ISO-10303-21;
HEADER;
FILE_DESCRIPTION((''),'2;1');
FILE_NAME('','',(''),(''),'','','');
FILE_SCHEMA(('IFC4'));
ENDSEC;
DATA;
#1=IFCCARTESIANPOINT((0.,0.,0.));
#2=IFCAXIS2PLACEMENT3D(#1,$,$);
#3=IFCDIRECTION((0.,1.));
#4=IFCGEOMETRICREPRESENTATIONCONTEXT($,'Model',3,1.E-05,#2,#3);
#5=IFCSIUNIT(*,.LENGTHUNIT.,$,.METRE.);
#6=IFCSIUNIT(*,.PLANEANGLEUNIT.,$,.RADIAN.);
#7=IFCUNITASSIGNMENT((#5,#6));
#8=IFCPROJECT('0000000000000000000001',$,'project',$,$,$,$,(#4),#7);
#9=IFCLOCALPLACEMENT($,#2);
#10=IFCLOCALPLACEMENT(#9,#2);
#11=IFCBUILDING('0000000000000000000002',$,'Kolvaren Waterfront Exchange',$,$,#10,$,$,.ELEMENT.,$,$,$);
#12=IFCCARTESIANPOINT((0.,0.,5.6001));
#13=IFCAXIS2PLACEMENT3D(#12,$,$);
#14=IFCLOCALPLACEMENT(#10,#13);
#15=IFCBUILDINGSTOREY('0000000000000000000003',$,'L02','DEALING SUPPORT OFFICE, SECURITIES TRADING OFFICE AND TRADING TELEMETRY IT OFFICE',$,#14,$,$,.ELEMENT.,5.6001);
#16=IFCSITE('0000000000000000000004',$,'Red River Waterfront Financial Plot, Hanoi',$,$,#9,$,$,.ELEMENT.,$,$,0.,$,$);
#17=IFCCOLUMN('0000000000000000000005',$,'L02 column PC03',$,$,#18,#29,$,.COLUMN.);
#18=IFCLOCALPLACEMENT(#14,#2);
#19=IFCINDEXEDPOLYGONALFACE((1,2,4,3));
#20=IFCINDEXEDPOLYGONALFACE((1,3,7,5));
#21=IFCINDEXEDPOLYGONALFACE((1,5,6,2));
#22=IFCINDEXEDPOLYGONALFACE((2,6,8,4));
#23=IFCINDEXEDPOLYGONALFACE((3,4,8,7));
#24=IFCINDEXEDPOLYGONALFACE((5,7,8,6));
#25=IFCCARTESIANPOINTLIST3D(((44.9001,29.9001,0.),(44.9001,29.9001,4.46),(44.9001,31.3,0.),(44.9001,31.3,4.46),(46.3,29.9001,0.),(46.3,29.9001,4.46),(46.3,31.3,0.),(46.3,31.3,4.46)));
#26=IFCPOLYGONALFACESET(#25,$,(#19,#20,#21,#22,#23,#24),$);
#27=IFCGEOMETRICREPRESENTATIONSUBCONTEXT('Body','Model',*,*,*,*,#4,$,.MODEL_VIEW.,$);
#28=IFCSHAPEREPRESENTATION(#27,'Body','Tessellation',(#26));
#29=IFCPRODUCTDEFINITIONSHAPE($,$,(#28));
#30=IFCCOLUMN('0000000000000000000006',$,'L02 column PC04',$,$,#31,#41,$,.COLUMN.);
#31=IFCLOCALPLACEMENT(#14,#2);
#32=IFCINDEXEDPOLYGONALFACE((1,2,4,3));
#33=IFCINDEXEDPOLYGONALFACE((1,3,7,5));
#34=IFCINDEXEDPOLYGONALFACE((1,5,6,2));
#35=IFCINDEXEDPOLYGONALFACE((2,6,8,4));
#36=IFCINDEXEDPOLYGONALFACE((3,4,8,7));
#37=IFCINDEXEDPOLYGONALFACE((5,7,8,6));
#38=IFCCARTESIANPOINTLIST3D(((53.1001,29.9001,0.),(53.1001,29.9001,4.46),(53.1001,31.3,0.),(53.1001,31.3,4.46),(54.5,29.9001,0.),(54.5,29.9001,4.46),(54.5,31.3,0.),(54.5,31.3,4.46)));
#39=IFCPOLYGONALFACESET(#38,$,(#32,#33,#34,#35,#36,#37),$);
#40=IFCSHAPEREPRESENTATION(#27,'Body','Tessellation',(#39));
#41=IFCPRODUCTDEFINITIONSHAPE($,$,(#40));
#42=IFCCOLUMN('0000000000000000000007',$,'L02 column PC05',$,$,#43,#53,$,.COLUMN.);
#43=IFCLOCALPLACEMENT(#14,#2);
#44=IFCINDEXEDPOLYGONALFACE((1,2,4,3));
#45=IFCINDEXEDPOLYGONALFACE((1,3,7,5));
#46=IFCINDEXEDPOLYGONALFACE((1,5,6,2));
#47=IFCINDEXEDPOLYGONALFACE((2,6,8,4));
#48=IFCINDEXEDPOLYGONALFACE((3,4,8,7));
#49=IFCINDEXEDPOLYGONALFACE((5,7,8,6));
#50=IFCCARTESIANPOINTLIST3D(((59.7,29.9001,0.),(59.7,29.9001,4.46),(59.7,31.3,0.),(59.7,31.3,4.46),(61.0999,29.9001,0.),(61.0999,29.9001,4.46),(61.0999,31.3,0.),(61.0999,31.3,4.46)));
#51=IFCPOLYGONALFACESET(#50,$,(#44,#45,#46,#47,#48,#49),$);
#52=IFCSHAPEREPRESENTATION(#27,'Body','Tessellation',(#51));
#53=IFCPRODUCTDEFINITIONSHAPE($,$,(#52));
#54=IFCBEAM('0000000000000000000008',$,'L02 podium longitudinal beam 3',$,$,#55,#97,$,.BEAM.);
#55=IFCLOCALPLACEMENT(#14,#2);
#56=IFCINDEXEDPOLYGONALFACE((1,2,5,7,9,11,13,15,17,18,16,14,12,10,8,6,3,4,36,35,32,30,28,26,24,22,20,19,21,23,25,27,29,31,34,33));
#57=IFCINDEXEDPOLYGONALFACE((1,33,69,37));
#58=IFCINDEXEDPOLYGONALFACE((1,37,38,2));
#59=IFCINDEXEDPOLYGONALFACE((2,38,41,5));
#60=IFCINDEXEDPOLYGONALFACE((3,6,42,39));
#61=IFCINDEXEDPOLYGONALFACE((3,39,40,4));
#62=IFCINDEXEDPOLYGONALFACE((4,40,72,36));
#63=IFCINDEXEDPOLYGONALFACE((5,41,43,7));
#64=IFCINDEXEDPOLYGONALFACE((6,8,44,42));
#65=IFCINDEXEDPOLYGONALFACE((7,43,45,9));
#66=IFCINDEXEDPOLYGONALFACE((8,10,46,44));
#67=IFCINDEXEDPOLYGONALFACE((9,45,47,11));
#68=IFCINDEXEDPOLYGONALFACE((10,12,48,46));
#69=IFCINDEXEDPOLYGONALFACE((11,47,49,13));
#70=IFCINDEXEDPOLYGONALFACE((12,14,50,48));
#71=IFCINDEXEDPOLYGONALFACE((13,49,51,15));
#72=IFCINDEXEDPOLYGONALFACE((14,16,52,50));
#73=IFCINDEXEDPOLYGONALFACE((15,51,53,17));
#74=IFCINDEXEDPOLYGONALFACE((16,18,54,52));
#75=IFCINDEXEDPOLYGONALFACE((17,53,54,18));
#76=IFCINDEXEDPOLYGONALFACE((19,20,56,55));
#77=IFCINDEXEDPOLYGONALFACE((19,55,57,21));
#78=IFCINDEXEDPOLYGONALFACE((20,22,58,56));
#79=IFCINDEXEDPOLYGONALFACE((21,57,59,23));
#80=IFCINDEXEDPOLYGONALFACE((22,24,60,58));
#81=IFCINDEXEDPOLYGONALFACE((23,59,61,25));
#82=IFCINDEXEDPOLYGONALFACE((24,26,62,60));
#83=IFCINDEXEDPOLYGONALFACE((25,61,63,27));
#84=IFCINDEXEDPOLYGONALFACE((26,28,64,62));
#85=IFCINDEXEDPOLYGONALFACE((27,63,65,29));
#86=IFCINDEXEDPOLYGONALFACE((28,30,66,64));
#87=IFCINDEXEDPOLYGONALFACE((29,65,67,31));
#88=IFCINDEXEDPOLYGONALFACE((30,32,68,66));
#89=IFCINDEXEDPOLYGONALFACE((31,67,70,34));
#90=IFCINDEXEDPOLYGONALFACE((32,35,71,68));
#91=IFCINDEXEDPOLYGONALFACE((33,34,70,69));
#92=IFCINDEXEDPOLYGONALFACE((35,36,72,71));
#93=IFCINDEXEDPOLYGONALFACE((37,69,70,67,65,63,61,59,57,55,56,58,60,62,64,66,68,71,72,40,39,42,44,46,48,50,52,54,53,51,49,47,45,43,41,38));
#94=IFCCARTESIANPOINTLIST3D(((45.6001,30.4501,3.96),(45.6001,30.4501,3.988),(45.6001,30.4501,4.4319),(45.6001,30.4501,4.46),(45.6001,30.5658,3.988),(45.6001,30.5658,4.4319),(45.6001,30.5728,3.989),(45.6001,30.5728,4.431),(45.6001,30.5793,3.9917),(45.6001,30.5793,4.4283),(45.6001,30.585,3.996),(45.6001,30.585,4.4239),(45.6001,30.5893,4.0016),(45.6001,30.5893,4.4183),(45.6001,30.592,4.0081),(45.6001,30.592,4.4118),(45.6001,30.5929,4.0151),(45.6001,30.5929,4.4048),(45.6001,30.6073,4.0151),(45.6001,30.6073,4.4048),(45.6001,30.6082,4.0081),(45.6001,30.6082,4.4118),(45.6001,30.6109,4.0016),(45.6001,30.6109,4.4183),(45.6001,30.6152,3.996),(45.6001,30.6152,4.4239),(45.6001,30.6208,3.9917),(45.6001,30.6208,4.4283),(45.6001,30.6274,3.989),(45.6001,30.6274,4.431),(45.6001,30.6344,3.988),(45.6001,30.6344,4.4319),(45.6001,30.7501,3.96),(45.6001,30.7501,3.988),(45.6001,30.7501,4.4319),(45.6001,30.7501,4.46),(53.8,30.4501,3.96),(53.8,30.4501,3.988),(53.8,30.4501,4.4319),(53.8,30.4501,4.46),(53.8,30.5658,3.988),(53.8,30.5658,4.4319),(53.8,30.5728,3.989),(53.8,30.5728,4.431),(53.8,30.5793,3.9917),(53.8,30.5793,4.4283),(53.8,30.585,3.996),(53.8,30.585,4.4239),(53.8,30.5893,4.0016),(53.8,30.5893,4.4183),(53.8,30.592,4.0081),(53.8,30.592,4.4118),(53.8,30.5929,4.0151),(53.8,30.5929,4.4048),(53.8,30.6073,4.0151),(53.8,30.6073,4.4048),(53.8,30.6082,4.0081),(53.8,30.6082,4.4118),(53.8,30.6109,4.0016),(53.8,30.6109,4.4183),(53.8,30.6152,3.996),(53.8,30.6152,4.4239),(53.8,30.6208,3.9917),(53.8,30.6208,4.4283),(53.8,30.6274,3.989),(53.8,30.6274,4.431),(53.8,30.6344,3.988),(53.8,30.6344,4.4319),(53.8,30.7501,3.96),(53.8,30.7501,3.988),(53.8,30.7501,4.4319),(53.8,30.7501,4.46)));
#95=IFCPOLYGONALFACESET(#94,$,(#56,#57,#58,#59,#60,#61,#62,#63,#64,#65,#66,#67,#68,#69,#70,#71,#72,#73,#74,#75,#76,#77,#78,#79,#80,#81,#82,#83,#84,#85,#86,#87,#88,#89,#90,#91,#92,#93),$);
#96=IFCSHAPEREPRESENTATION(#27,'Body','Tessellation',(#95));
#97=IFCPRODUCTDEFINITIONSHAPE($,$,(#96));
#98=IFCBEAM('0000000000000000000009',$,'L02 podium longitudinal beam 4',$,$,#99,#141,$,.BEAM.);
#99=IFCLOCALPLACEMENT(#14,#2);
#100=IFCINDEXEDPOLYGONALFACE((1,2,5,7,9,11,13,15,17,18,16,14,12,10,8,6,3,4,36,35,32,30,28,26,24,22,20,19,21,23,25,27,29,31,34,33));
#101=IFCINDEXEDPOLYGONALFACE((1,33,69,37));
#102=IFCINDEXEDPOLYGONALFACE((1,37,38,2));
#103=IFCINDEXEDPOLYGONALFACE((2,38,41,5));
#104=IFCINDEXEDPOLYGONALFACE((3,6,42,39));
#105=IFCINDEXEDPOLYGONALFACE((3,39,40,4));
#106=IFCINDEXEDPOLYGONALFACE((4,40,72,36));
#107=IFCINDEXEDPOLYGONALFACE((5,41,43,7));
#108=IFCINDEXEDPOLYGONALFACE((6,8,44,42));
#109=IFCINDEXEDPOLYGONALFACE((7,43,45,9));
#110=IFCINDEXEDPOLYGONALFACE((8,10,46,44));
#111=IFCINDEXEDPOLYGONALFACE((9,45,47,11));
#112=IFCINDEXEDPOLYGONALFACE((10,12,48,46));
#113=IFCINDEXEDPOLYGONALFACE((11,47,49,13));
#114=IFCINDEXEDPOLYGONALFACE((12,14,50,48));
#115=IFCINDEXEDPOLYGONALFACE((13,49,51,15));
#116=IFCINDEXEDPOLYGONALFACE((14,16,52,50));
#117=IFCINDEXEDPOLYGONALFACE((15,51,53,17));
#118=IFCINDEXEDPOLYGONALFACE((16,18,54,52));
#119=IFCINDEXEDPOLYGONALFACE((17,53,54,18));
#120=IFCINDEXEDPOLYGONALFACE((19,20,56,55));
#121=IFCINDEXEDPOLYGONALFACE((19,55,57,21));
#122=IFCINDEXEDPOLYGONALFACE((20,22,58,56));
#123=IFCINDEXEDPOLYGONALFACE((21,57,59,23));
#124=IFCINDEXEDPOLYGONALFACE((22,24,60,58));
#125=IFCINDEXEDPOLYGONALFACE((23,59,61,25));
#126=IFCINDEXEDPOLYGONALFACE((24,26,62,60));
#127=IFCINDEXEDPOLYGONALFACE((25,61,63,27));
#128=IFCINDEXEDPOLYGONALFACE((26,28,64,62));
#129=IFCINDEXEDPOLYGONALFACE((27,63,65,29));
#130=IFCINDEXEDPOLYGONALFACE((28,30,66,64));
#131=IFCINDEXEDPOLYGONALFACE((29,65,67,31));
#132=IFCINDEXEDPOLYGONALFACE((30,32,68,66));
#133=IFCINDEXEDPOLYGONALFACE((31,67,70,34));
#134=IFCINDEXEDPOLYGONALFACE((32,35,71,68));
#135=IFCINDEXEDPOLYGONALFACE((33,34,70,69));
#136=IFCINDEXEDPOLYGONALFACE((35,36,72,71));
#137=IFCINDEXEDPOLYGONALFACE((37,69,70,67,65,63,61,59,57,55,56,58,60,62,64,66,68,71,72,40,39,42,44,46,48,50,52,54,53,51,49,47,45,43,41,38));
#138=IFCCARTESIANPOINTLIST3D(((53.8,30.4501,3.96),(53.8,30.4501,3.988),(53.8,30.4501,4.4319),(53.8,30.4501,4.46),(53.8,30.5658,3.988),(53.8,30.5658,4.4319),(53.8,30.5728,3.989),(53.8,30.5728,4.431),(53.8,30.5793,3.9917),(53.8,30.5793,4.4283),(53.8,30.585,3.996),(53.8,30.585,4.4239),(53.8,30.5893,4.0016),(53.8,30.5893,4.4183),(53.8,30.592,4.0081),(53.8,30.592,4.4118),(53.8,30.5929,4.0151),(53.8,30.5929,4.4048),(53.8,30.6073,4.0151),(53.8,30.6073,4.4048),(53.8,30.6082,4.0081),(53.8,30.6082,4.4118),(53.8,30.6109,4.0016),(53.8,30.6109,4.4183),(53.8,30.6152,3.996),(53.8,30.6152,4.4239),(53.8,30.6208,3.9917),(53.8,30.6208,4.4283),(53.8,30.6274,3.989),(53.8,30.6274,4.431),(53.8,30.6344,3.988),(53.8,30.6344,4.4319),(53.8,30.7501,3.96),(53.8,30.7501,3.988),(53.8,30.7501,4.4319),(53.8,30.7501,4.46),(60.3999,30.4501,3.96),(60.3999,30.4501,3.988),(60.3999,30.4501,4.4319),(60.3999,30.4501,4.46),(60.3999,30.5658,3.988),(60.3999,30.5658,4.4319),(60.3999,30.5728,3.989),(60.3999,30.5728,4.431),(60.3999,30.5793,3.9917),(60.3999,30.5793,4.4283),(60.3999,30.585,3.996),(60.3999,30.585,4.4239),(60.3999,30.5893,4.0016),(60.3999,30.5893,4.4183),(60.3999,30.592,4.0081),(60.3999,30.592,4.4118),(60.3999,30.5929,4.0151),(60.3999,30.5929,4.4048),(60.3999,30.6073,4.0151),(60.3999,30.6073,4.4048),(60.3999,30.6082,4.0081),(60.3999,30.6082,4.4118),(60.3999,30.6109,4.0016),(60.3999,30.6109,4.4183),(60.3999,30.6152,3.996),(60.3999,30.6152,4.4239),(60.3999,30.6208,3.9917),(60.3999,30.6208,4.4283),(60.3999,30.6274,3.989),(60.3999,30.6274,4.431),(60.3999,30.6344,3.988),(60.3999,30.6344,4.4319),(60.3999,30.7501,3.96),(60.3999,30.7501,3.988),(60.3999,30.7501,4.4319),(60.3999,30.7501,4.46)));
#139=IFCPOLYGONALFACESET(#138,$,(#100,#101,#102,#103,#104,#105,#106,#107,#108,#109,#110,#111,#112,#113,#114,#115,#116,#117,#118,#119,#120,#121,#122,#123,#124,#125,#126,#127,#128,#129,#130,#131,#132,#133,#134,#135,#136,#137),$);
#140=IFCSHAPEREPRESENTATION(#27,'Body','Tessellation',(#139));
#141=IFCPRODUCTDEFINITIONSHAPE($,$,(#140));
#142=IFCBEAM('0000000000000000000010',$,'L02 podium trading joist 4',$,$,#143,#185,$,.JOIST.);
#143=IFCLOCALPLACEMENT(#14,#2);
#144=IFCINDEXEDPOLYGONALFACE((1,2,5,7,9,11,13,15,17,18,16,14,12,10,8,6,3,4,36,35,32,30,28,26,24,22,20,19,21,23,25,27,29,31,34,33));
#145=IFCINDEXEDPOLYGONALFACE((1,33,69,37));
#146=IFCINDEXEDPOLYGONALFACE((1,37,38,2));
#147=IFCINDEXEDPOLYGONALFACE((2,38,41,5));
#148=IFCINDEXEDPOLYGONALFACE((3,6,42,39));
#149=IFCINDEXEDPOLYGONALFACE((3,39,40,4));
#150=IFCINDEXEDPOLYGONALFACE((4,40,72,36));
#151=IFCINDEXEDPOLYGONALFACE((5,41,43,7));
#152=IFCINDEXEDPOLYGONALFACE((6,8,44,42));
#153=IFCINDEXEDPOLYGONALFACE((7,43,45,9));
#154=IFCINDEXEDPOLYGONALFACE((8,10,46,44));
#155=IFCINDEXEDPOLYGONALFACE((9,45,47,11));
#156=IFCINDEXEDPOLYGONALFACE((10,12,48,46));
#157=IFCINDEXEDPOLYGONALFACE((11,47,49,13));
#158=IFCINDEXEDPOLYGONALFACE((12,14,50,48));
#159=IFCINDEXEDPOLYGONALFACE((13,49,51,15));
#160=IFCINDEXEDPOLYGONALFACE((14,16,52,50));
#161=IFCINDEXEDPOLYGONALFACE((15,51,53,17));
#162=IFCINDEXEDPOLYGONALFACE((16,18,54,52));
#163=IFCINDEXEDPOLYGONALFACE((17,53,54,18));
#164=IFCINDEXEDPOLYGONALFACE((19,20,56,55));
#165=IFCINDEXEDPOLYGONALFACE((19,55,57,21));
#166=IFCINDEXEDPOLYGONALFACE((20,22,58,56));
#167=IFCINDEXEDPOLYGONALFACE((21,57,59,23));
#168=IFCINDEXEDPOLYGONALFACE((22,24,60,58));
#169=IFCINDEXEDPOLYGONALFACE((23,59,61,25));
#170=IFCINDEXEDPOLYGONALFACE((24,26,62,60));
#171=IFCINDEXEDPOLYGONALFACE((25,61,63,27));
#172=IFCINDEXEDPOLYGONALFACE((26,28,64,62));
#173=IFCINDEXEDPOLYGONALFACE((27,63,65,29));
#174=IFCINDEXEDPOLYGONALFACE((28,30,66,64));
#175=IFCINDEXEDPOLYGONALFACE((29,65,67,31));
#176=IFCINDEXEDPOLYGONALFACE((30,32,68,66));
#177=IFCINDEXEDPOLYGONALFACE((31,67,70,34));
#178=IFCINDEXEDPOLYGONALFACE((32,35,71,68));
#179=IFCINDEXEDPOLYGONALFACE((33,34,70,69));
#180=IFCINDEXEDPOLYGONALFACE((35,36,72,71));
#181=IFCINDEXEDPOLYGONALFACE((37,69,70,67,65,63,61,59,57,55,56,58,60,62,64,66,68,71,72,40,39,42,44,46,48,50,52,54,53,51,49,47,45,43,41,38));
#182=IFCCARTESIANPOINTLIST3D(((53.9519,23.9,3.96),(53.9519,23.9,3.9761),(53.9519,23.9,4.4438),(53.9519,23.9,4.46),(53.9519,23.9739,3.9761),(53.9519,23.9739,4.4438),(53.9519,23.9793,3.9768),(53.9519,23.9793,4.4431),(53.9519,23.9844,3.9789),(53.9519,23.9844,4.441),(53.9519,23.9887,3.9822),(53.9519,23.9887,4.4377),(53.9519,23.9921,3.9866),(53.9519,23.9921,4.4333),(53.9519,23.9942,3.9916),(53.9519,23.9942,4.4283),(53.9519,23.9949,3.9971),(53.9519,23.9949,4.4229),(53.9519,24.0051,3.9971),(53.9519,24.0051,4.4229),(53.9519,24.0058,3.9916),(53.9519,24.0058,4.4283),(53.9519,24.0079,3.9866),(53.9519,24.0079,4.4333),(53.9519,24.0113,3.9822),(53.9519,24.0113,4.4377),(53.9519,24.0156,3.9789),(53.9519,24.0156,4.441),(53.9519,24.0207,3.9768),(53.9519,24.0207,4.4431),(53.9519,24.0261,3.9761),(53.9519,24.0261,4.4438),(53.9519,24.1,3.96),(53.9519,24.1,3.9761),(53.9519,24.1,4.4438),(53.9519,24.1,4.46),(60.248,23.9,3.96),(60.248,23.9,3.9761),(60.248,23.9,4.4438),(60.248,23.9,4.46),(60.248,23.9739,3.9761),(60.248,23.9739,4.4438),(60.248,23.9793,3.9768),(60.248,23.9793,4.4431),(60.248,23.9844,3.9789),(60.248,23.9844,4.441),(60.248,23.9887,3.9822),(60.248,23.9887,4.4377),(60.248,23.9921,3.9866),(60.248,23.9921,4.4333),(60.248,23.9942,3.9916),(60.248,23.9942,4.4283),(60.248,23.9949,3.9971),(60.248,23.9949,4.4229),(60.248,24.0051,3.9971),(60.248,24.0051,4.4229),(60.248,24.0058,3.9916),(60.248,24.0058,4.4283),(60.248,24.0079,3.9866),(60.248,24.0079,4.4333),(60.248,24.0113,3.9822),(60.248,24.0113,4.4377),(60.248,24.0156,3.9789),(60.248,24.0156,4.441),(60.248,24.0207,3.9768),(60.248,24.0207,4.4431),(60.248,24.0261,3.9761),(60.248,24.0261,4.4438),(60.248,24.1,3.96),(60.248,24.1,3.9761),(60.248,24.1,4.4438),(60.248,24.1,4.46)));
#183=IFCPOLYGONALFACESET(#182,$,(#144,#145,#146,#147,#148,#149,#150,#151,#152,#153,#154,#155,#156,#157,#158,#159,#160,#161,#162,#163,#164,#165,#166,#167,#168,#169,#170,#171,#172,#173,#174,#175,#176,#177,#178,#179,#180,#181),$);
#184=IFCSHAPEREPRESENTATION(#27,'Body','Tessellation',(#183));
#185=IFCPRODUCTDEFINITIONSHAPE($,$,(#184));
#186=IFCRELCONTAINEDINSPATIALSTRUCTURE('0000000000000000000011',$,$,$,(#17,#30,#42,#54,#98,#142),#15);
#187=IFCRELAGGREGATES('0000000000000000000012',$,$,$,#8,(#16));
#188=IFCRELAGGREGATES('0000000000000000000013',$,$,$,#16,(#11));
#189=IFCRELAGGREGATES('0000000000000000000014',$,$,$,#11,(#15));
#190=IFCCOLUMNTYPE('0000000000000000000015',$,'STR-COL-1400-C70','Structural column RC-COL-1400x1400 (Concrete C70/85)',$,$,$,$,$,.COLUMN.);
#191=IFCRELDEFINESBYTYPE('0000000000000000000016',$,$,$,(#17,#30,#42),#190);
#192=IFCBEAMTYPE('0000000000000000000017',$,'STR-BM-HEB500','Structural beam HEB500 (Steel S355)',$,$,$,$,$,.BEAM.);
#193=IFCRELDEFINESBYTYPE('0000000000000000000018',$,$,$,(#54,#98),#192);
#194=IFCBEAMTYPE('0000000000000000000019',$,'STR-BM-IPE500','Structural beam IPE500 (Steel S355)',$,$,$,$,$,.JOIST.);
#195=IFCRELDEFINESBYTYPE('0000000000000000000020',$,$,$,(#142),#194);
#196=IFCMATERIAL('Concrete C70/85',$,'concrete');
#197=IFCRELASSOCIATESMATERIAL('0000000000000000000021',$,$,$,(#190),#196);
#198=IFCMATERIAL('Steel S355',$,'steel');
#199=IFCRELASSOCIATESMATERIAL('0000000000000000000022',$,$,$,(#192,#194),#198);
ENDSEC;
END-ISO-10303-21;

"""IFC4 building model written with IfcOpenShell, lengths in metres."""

from ifc_helpers import new_model, si_unit, direction, frame, origin, origin_2d, place, context, subcontext, project, spatial, rectangle, i_section, extrude, material, material_profile, profile_set, type_object, element, save


model = new_model("IFC4")

# Units and contexts
model_context = context("Model", 3, precision=1e-05, world=origin(), true_north=direction((0.0, 1.0)))
body_context = subcontext(model_context, "Body", "Model", "MODEL_VIEW")
ifc_project = project(units=[si_unit("LENGTHUNIT", "METRE"), si_unit("PLANEANGLEUNIT", "RADIAN")], contexts=[model_context])

# Site, building, storey
site_placement = place(None, origin())
site = spatial("IfcSite", under=ifc_project, at=site_placement, Name="Red River Waterfront Financial Plot, Hanoi", CompositionType="ELEMENT", RefElevation=0.0)
building_placement = place(site_placement, origin())
building = spatial("IfcBuilding", under=site, at=building_placement, Name="Kolvaren Waterfront Exchange", CompositionType="ELEMENT")
storey_placement = place(building_placement, frame((0.0, 0.0, 5.6001)))
storey = spatial("IfcBuildingStorey", under=building, at=storey_placement, Name="L02", Description="DEALING SUPPORT OFFICE, SECURITIES TRADING OFFICE AND TRADING TELEMETRY IT OFFICE", CompositionType="ELEMENT", Elevation=5.6001)

# Columns
ifc_material_1 = material(Name="Concrete C70/85", Category="concrete")
ifc_material_profile_1 = material_profile(ifc_material_1, rectangle(XDim=1.3999, YDim=1.3999, at=origin_2d()), Name="RC-COL-1400x1400")
ifc_profile_set_1 = profile_set([ifc_material_profile_1], Name="Concrete C70/85")
column_type = type_object("IfcColumnType", Name="STR-COL-1400-C70", Description="Structural column RC-COL-1400x1400 (Concrete C70/85)", PredefinedType="COLUMN", material=ifc_profile_set_1)
for number, where, z_axis, x_axis, name in (
    (1, (45.6001, 30.6001, 0.0), (0.0, 0.0, 1.0), (1.0, 0.0, 0.0), "L02 column PC03"),
    (2, (53.8, 30.6001, 0.0), (0.0, 0.0, 1.0), (1.0, 0.0, 0.0), "L02 column PC04"),
    (3, (60.3999, 30.6001, 0.0), (0.0, 0.0, 1.0), (1.0, 0.0, 0.0), "L02 column PC05"),
):
    element("IfcColumn", number, at=place(storey_placement, frame(where, z_axis=z_axis, x_axis=x_axis)), inside=storey, type_object=column_type, Name=name, PredefinedType="COLUMN", context=body_context, shape_type="SweptSolid", body=[
        extrude(rectangle(XDim=1.3999, YDim=1.3999, at=origin_2d()), origin(), (0.0, 0.0, 1.0), 4.46),
    ])

# Beams
ifc_material_2 = material(Name="Steel S355", Category="steel")
ifc_material_profile_2 = material_profile(ifc_material_2, i_section(OverallWidth=0.3, OverallDepth=0.5, WebThickness=0.0144, FlangeThickness=0.0281, FilletRadius=0.0271, at=origin_2d()), Name="HEB500")
ifc_profile_set_2 = profile_set([ifc_material_profile_2], Name="Steel S355")
beam_type_1 = type_object("IfcBeamType", Name="STR-BM-HEB500", Description="Structural beam HEB500 (Steel S355)", PredefinedType="BEAM", material=ifc_profile_set_2)
beam_1_placement = place(storey_placement, frame((45.6001, 30.6001, 4.21), z_axis=(1.0, 0.0, 0.0), x_axis=(0.0, 1.0, 0.0)))
element("IfcBeam", 4, at=beam_1_placement, inside=storey, type_object=beam_type_1, Name="L02 podium longitudinal beam 3", PredefinedType="BEAM", context=body_context, shape_type="SweptSolid", body=[
    extrude(i_section(OverallWidth=0.3, OverallDepth=0.5, WebThickness=0.0144, FlangeThickness=0.0281, FilletRadius=0.0271, at=origin_2d()), origin(), (0.0, 0.0, 1.0), 8.2),
])
beam_2_placement = place(storey_placement, frame((53.8, 30.6001, 4.21), z_axis=(1.0, 0.0, 0.0), x_axis=(0.0, 1.0, 0.0)))
element("IfcBeam", 5, at=beam_2_placement, inside=storey, type_object=beam_type_1, Name="L02 podium longitudinal beam 4", PredefinedType="BEAM", context=body_context, shape_type="SweptSolid", body=[
    extrude(i_section(OverallWidth=0.3, OverallDepth=0.5, WebThickness=0.0144, FlangeThickness=0.0281, FilletRadius=0.0271, at=origin_2d()), origin(), (0.0, 0.0, 1.0), 6.5999),
])
ifc_material_profile_3 = material_profile(ifc_material_2, i_section(OverallWidth=0.2, OverallDepth=0.5, WebThickness=0.0103, FlangeThickness=0.0161, FilletRadius=0.021, at=origin_2d()), Name="IPE500")
ifc_profile_set_3 = profile_set([ifc_material_profile_3], Name="Steel S355")
beam_type_2 = type_object("IfcBeamType", Name="STR-BM-IPE500", Description="Structural beam IPE500 (Steel S355)", PredefinedType="JOIST", material=ifc_profile_set_3)
beam_3_placement = place(storey_placement, frame((53.9519, 24.0, 4.21), z_axis=(1.0, 0.0, 0.0), x_axis=(0.0, 1.0, 0.0)))
element("IfcBeam", 6, at=beam_3_placement, inside=storey, type_object=beam_type_2, Name="L02 podium trading joist 4", PredefinedType="JOIST", context=body_context, shape_type="SweptSolid", body=[
    extrude(i_section(OverallWidth=0.2, OverallDepth=0.5, WebThickness=0.0103, FlangeThickness=0.0161, FilletRadius=0.021, at=origin_2d()), origin(), (0.0, 0.0, 1.0), 6.2961),
])

save(model, "model.ifc")
